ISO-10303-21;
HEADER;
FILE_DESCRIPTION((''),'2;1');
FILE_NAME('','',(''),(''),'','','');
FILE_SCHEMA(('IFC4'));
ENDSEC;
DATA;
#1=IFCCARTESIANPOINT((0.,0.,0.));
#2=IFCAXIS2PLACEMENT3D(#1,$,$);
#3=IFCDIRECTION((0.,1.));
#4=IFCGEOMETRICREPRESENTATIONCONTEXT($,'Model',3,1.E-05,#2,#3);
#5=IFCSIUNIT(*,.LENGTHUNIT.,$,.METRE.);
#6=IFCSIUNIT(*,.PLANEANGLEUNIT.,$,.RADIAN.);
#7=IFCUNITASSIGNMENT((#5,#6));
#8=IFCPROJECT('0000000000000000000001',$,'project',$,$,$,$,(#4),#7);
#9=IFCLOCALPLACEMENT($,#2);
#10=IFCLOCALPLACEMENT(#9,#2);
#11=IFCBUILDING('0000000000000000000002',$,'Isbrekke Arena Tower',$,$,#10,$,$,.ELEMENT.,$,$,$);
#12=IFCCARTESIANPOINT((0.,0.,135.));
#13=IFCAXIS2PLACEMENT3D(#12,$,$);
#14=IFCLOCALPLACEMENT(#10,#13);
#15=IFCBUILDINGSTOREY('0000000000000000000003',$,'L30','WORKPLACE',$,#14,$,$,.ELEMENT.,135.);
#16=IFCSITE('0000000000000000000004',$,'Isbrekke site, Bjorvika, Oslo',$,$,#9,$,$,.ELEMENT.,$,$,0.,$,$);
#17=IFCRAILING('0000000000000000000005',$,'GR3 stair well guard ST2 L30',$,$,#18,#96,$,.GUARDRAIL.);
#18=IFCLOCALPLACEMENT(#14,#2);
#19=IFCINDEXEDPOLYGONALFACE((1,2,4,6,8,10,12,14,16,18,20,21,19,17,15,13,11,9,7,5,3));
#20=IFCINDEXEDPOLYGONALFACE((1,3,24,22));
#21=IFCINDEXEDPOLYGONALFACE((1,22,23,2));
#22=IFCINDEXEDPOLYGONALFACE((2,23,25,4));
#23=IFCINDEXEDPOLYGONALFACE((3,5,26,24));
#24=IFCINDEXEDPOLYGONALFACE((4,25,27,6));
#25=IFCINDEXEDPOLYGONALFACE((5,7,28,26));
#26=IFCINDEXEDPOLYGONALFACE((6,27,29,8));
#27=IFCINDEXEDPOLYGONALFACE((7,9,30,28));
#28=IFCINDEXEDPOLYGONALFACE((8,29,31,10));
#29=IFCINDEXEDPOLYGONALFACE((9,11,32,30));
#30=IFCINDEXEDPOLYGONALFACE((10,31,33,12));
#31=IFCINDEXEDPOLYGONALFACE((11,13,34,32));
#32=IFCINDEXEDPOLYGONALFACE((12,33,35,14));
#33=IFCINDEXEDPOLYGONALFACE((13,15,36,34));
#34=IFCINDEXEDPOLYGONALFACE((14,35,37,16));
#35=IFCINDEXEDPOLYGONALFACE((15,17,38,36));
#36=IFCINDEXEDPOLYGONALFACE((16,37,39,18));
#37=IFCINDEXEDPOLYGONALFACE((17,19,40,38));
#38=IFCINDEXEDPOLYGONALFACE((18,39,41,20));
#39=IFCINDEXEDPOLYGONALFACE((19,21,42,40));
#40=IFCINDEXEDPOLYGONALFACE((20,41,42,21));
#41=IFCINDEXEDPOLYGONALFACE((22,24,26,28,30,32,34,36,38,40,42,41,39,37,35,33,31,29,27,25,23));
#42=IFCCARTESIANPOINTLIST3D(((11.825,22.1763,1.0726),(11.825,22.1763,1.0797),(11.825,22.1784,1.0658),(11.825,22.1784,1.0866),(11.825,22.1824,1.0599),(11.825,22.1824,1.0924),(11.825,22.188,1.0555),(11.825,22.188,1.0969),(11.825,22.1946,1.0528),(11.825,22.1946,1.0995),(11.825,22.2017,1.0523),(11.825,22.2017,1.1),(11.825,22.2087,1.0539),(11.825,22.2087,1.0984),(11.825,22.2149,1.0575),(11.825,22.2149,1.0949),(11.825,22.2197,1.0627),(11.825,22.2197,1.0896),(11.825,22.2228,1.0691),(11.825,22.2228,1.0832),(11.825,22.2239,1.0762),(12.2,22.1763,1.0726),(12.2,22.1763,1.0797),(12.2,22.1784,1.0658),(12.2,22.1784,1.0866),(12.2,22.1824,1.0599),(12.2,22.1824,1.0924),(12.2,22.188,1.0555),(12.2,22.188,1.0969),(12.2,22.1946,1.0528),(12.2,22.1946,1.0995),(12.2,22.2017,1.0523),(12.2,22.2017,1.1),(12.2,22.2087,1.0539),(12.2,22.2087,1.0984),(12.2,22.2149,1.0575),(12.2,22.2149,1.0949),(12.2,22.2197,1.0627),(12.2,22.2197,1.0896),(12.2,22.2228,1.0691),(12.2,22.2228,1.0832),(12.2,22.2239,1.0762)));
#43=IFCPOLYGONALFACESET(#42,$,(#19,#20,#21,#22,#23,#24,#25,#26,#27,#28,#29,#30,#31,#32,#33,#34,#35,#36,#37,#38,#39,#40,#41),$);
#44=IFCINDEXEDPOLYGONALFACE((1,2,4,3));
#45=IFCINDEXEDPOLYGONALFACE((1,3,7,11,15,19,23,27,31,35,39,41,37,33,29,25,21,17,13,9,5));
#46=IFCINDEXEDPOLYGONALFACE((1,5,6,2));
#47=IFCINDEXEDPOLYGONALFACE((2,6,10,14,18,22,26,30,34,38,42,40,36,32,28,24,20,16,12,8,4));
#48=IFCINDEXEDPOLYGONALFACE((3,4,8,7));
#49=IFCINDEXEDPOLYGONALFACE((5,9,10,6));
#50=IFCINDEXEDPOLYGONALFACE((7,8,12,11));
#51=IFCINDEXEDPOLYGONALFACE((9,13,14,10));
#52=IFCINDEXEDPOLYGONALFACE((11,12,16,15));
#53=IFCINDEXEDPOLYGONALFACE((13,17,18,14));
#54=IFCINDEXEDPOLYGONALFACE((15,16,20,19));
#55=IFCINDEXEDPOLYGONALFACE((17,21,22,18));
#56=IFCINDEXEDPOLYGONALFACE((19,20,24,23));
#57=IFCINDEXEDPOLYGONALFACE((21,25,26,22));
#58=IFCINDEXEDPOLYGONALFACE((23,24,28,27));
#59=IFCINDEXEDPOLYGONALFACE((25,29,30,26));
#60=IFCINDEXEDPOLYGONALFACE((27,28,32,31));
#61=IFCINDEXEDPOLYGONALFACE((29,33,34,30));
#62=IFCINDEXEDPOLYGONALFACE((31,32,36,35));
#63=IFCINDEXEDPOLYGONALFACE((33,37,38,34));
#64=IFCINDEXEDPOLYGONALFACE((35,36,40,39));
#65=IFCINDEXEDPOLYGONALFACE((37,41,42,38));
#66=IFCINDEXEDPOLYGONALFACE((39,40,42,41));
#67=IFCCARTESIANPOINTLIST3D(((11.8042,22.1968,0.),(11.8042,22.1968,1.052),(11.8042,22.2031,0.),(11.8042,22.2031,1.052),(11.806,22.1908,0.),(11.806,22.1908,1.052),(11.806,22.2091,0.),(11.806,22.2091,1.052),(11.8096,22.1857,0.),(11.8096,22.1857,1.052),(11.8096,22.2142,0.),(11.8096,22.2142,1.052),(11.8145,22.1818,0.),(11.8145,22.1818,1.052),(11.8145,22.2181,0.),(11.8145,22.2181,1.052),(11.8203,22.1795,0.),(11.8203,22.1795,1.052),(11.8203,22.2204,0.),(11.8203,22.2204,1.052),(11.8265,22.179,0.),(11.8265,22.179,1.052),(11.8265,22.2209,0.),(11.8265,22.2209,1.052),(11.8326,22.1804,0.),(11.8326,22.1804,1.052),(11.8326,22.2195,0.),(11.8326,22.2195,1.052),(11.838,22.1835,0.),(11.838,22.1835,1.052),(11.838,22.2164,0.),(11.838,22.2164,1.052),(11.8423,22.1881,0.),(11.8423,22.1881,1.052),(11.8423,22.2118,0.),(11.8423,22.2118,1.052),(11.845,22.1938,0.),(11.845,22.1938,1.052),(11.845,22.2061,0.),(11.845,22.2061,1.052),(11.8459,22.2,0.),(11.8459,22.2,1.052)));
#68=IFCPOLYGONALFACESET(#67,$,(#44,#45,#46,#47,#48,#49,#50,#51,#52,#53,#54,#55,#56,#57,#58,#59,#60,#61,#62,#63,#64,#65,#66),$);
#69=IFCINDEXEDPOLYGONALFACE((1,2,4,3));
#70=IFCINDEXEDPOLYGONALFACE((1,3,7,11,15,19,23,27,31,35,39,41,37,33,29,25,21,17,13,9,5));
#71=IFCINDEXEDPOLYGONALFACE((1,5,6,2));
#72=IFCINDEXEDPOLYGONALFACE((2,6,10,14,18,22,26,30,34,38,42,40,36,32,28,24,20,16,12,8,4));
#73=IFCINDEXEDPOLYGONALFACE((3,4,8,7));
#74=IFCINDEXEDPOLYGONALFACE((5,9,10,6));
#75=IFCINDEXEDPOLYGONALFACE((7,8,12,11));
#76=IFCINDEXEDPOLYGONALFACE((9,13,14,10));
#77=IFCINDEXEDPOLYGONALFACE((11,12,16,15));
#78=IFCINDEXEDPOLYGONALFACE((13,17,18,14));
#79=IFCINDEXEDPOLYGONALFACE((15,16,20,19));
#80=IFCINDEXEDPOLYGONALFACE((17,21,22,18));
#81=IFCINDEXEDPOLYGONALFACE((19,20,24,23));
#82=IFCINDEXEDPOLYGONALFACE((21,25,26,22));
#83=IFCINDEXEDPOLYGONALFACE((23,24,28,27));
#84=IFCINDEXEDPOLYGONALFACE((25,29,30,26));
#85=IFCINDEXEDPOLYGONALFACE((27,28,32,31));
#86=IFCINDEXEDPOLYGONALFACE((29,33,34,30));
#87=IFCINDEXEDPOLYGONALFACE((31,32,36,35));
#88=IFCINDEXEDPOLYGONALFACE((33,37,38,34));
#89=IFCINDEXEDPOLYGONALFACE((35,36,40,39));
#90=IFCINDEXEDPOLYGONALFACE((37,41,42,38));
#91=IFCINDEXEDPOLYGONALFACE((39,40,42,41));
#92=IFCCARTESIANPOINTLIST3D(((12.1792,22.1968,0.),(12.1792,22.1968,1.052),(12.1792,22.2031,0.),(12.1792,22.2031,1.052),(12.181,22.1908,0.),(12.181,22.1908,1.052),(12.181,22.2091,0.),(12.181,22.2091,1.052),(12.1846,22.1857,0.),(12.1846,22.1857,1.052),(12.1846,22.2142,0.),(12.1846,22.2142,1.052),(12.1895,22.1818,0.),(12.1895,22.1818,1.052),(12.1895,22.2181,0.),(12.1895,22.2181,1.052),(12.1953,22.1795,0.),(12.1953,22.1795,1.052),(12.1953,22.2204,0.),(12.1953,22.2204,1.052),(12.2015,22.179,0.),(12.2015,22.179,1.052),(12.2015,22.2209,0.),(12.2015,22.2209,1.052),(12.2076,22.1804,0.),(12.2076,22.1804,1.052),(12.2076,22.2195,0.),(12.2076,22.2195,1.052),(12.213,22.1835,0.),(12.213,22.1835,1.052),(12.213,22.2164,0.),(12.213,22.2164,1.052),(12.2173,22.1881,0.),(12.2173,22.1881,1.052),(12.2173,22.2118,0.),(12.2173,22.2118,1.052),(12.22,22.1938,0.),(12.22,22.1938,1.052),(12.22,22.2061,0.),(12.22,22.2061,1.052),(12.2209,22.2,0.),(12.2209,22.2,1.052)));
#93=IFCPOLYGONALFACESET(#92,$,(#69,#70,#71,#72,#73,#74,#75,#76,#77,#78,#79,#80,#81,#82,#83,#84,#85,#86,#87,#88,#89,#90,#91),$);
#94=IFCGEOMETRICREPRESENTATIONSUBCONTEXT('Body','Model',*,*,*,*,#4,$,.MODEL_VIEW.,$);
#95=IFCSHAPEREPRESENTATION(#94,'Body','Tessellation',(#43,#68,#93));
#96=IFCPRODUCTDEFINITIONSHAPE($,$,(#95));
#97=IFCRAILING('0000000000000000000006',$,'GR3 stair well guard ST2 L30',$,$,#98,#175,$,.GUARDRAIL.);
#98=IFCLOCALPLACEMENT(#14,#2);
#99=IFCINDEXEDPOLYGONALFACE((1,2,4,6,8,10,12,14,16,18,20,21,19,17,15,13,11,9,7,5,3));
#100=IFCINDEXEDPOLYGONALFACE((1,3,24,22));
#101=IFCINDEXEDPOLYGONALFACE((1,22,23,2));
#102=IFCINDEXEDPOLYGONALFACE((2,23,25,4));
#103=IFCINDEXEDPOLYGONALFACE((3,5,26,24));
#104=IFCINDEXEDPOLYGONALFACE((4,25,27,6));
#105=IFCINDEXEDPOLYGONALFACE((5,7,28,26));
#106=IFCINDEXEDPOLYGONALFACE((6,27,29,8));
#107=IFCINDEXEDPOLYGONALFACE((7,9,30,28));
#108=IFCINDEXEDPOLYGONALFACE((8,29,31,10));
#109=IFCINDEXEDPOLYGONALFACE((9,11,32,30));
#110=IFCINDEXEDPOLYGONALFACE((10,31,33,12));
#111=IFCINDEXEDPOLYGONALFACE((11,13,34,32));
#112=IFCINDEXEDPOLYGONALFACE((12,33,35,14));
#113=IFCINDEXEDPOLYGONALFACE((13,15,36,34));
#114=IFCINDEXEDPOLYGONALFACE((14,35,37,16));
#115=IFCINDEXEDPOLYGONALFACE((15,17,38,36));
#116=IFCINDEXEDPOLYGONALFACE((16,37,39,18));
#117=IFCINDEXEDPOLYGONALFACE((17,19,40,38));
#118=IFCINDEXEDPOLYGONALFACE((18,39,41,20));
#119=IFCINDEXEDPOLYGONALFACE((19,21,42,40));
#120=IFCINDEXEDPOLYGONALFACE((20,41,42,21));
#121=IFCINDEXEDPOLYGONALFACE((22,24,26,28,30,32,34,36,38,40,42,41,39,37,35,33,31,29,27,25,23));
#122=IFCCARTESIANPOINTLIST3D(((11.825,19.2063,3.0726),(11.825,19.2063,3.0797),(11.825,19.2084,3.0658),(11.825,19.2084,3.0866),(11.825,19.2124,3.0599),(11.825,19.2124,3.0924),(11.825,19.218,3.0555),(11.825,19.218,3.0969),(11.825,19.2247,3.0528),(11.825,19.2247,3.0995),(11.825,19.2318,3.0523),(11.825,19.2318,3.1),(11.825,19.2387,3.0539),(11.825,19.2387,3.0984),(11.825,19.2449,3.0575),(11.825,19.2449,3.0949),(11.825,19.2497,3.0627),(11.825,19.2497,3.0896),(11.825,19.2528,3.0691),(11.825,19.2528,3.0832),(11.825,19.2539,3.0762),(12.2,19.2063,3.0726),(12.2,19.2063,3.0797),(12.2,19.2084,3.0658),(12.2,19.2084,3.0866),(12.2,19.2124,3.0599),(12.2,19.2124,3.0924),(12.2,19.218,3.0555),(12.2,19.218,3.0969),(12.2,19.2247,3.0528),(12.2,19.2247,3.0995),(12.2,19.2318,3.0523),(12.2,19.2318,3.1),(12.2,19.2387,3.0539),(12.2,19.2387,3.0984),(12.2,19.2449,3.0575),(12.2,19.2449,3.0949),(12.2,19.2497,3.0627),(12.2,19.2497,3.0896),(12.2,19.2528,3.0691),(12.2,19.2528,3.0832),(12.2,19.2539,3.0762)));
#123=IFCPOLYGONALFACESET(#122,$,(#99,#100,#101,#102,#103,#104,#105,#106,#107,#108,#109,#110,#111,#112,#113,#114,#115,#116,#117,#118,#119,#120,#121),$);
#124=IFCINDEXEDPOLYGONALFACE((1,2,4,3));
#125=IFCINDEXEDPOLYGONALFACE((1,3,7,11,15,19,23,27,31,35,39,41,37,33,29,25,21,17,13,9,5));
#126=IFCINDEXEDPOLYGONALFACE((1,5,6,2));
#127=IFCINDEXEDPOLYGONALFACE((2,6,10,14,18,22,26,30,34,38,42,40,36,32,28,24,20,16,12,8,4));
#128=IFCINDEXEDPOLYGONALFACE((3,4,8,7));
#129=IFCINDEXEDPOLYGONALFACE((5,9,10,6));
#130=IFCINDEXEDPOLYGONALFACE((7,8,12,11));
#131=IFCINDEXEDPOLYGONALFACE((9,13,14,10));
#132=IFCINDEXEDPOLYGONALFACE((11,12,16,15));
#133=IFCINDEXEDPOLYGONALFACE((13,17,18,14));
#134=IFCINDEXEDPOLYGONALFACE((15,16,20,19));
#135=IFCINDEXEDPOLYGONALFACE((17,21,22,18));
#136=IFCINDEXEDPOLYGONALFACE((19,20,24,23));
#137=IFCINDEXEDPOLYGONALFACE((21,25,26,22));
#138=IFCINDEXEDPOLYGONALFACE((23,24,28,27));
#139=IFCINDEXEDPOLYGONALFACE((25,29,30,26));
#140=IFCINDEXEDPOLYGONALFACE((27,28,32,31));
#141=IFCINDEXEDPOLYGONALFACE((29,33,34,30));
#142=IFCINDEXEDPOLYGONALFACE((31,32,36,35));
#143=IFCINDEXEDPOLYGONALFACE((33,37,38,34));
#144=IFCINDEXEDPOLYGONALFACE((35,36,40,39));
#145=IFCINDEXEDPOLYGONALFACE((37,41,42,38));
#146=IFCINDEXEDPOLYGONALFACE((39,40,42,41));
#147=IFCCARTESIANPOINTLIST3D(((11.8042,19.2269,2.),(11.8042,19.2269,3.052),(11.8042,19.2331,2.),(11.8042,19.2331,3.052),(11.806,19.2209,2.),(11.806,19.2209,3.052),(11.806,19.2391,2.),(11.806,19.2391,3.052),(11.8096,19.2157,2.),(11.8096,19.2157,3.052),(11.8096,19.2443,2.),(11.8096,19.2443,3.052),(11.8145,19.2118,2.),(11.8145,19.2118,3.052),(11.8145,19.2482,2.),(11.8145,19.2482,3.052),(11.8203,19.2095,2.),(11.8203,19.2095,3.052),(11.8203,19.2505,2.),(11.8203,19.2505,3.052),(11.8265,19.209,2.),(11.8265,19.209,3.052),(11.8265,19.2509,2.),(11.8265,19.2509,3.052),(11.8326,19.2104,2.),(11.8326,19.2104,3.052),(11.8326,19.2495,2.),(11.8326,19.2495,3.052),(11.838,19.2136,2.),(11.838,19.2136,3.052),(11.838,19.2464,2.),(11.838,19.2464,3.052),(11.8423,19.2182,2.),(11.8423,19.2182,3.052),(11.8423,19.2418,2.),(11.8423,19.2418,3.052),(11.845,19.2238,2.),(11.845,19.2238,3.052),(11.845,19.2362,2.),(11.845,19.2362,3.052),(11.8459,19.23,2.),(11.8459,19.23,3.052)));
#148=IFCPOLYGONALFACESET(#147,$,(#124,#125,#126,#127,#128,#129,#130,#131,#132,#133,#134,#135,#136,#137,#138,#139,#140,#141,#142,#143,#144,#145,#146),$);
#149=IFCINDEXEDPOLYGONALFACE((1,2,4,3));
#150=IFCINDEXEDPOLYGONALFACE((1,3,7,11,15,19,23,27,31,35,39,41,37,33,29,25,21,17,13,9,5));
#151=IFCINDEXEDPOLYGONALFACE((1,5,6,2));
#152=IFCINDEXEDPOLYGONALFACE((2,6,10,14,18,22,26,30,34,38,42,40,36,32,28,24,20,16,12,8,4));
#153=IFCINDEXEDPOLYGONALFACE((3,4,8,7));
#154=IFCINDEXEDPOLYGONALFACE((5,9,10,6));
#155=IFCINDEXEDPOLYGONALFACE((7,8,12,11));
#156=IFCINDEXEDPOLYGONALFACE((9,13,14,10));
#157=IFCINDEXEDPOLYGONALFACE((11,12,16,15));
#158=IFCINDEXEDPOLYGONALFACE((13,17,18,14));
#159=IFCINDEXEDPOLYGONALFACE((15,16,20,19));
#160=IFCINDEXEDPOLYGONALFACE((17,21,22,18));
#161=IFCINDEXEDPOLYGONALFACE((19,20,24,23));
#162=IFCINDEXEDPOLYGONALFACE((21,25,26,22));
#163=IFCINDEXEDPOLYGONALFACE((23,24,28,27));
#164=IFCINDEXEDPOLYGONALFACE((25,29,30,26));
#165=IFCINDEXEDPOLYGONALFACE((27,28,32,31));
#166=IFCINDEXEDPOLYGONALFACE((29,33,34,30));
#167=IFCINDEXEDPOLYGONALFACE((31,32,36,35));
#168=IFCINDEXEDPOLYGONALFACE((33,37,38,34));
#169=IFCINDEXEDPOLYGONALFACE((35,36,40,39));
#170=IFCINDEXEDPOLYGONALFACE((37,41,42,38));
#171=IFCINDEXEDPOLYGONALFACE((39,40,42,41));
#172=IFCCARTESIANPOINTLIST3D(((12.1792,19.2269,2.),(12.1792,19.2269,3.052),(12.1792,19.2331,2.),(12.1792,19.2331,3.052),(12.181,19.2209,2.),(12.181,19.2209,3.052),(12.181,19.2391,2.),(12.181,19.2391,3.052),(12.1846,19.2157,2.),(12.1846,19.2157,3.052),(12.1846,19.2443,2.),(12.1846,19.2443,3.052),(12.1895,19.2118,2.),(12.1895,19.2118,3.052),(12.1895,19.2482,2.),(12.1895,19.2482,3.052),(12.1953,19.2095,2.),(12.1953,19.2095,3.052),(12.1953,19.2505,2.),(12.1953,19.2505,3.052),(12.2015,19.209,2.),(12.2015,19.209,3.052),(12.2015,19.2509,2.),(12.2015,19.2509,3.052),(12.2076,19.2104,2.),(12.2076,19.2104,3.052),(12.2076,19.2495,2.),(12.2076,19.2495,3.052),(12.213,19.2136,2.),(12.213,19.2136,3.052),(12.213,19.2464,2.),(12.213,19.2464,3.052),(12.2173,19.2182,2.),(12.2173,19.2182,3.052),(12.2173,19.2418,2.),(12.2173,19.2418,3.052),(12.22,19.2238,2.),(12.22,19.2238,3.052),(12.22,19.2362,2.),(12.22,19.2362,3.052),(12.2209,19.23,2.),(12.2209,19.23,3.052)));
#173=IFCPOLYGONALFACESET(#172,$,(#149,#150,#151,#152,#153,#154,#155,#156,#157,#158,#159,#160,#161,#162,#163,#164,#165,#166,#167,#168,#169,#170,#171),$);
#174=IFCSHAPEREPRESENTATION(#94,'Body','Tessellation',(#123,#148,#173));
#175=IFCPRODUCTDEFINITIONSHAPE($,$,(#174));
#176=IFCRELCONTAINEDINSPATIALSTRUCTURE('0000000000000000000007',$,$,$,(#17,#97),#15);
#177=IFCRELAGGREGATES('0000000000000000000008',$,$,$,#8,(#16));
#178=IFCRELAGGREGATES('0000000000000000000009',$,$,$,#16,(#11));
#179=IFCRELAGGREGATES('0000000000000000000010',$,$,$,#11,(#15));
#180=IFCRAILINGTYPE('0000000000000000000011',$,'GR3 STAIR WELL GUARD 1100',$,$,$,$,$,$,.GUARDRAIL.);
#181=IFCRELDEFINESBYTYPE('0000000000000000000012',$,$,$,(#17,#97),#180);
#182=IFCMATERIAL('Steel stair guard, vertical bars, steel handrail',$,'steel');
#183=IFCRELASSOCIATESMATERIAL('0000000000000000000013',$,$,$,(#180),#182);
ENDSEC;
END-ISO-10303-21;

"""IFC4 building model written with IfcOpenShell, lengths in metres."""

from ifc_helpers import new_model, si_unit, direction, frame, origin, origin_2d, place, context, subcontext, project, spatial, circle, extrude, material, type_object, element, save


model = new_model("IFC4")

# Units and contexts
model_context = context("Model", 3, precision=1e-05, world=origin(), true_north=direction((0.0, 1.0)))
body_context = subcontext(model_context, "Body", "Model", "MODEL_VIEW")
ifc_project = project(units=[si_unit("LENGTHUNIT", "METRE"), si_unit("PLANEANGLEUNIT", "RADIAN")], contexts=[model_context])

# Site, building, storey
site_placement = place(None, origin())
site = spatial("IfcSite", under=ifc_project, at=site_placement, Name="Isbrekke site, Bjorvika, Oslo", CompositionType="ELEMENT", RefElevation=0.0)
building_placement = place(site_placement, origin())
building = spatial("IfcBuilding", under=site, at=building_placement, Name="Isbrekke Arena Tower", CompositionType="ELEMENT")
storey_placement = place(building_placement, frame((0.0, 0.0, 135.0)))
storey = spatial("IfcBuildingStorey", under=building, at=storey_placement, Name="L30", Description="WORKPLACE", CompositionType="ELEMENT", Elevation=135.0)

# Railings
ifc_material_1 = material(Name="Steel stair guard, vertical bars, steel handrail", Category="steel")
railing_type = type_object("IfcRailingType", Name="GR3 STAIR WELL GUARD 1100", PredefinedType="GUARDRAIL", material=ifc_material_1)
for number, where, name in (
    (1, (11.825, 22.2, 0.0), "GR3 stair well guard ST2 L30"),
    (2, (11.825, 19.23, 2.0), "GR3 stair well guard ST2 L30"),
):
    element("IfcRailing", number, at=place(storey_placement, frame(where)), inside=storey, type_object=railing_type, Name=name, PredefinedType="GUARDRAIL", context=body_context, shape_type="SweptSolid", body=[
        extrude(circle(Radius=0.0239, at=origin_2d()), frame((0.0, 0.0, 1.0762), z_axis=(1.0, 0.0, 0.0), x_axis=(0.0, 1.0, 0.0)), (0.0, 0.0, 1.0), 0.375),
        extrude(circle(Radius=0.021, at=origin_2d()), origin(), (0.0, 0.0, 1.0), 1.052),
        extrude(circle(Radius=0.021, at=origin_2d()), frame((0.375, 0.0, 0.0)), (0.0, 0.0, 1.0), 1.052),
    ])

save(model, "model.ifc")
